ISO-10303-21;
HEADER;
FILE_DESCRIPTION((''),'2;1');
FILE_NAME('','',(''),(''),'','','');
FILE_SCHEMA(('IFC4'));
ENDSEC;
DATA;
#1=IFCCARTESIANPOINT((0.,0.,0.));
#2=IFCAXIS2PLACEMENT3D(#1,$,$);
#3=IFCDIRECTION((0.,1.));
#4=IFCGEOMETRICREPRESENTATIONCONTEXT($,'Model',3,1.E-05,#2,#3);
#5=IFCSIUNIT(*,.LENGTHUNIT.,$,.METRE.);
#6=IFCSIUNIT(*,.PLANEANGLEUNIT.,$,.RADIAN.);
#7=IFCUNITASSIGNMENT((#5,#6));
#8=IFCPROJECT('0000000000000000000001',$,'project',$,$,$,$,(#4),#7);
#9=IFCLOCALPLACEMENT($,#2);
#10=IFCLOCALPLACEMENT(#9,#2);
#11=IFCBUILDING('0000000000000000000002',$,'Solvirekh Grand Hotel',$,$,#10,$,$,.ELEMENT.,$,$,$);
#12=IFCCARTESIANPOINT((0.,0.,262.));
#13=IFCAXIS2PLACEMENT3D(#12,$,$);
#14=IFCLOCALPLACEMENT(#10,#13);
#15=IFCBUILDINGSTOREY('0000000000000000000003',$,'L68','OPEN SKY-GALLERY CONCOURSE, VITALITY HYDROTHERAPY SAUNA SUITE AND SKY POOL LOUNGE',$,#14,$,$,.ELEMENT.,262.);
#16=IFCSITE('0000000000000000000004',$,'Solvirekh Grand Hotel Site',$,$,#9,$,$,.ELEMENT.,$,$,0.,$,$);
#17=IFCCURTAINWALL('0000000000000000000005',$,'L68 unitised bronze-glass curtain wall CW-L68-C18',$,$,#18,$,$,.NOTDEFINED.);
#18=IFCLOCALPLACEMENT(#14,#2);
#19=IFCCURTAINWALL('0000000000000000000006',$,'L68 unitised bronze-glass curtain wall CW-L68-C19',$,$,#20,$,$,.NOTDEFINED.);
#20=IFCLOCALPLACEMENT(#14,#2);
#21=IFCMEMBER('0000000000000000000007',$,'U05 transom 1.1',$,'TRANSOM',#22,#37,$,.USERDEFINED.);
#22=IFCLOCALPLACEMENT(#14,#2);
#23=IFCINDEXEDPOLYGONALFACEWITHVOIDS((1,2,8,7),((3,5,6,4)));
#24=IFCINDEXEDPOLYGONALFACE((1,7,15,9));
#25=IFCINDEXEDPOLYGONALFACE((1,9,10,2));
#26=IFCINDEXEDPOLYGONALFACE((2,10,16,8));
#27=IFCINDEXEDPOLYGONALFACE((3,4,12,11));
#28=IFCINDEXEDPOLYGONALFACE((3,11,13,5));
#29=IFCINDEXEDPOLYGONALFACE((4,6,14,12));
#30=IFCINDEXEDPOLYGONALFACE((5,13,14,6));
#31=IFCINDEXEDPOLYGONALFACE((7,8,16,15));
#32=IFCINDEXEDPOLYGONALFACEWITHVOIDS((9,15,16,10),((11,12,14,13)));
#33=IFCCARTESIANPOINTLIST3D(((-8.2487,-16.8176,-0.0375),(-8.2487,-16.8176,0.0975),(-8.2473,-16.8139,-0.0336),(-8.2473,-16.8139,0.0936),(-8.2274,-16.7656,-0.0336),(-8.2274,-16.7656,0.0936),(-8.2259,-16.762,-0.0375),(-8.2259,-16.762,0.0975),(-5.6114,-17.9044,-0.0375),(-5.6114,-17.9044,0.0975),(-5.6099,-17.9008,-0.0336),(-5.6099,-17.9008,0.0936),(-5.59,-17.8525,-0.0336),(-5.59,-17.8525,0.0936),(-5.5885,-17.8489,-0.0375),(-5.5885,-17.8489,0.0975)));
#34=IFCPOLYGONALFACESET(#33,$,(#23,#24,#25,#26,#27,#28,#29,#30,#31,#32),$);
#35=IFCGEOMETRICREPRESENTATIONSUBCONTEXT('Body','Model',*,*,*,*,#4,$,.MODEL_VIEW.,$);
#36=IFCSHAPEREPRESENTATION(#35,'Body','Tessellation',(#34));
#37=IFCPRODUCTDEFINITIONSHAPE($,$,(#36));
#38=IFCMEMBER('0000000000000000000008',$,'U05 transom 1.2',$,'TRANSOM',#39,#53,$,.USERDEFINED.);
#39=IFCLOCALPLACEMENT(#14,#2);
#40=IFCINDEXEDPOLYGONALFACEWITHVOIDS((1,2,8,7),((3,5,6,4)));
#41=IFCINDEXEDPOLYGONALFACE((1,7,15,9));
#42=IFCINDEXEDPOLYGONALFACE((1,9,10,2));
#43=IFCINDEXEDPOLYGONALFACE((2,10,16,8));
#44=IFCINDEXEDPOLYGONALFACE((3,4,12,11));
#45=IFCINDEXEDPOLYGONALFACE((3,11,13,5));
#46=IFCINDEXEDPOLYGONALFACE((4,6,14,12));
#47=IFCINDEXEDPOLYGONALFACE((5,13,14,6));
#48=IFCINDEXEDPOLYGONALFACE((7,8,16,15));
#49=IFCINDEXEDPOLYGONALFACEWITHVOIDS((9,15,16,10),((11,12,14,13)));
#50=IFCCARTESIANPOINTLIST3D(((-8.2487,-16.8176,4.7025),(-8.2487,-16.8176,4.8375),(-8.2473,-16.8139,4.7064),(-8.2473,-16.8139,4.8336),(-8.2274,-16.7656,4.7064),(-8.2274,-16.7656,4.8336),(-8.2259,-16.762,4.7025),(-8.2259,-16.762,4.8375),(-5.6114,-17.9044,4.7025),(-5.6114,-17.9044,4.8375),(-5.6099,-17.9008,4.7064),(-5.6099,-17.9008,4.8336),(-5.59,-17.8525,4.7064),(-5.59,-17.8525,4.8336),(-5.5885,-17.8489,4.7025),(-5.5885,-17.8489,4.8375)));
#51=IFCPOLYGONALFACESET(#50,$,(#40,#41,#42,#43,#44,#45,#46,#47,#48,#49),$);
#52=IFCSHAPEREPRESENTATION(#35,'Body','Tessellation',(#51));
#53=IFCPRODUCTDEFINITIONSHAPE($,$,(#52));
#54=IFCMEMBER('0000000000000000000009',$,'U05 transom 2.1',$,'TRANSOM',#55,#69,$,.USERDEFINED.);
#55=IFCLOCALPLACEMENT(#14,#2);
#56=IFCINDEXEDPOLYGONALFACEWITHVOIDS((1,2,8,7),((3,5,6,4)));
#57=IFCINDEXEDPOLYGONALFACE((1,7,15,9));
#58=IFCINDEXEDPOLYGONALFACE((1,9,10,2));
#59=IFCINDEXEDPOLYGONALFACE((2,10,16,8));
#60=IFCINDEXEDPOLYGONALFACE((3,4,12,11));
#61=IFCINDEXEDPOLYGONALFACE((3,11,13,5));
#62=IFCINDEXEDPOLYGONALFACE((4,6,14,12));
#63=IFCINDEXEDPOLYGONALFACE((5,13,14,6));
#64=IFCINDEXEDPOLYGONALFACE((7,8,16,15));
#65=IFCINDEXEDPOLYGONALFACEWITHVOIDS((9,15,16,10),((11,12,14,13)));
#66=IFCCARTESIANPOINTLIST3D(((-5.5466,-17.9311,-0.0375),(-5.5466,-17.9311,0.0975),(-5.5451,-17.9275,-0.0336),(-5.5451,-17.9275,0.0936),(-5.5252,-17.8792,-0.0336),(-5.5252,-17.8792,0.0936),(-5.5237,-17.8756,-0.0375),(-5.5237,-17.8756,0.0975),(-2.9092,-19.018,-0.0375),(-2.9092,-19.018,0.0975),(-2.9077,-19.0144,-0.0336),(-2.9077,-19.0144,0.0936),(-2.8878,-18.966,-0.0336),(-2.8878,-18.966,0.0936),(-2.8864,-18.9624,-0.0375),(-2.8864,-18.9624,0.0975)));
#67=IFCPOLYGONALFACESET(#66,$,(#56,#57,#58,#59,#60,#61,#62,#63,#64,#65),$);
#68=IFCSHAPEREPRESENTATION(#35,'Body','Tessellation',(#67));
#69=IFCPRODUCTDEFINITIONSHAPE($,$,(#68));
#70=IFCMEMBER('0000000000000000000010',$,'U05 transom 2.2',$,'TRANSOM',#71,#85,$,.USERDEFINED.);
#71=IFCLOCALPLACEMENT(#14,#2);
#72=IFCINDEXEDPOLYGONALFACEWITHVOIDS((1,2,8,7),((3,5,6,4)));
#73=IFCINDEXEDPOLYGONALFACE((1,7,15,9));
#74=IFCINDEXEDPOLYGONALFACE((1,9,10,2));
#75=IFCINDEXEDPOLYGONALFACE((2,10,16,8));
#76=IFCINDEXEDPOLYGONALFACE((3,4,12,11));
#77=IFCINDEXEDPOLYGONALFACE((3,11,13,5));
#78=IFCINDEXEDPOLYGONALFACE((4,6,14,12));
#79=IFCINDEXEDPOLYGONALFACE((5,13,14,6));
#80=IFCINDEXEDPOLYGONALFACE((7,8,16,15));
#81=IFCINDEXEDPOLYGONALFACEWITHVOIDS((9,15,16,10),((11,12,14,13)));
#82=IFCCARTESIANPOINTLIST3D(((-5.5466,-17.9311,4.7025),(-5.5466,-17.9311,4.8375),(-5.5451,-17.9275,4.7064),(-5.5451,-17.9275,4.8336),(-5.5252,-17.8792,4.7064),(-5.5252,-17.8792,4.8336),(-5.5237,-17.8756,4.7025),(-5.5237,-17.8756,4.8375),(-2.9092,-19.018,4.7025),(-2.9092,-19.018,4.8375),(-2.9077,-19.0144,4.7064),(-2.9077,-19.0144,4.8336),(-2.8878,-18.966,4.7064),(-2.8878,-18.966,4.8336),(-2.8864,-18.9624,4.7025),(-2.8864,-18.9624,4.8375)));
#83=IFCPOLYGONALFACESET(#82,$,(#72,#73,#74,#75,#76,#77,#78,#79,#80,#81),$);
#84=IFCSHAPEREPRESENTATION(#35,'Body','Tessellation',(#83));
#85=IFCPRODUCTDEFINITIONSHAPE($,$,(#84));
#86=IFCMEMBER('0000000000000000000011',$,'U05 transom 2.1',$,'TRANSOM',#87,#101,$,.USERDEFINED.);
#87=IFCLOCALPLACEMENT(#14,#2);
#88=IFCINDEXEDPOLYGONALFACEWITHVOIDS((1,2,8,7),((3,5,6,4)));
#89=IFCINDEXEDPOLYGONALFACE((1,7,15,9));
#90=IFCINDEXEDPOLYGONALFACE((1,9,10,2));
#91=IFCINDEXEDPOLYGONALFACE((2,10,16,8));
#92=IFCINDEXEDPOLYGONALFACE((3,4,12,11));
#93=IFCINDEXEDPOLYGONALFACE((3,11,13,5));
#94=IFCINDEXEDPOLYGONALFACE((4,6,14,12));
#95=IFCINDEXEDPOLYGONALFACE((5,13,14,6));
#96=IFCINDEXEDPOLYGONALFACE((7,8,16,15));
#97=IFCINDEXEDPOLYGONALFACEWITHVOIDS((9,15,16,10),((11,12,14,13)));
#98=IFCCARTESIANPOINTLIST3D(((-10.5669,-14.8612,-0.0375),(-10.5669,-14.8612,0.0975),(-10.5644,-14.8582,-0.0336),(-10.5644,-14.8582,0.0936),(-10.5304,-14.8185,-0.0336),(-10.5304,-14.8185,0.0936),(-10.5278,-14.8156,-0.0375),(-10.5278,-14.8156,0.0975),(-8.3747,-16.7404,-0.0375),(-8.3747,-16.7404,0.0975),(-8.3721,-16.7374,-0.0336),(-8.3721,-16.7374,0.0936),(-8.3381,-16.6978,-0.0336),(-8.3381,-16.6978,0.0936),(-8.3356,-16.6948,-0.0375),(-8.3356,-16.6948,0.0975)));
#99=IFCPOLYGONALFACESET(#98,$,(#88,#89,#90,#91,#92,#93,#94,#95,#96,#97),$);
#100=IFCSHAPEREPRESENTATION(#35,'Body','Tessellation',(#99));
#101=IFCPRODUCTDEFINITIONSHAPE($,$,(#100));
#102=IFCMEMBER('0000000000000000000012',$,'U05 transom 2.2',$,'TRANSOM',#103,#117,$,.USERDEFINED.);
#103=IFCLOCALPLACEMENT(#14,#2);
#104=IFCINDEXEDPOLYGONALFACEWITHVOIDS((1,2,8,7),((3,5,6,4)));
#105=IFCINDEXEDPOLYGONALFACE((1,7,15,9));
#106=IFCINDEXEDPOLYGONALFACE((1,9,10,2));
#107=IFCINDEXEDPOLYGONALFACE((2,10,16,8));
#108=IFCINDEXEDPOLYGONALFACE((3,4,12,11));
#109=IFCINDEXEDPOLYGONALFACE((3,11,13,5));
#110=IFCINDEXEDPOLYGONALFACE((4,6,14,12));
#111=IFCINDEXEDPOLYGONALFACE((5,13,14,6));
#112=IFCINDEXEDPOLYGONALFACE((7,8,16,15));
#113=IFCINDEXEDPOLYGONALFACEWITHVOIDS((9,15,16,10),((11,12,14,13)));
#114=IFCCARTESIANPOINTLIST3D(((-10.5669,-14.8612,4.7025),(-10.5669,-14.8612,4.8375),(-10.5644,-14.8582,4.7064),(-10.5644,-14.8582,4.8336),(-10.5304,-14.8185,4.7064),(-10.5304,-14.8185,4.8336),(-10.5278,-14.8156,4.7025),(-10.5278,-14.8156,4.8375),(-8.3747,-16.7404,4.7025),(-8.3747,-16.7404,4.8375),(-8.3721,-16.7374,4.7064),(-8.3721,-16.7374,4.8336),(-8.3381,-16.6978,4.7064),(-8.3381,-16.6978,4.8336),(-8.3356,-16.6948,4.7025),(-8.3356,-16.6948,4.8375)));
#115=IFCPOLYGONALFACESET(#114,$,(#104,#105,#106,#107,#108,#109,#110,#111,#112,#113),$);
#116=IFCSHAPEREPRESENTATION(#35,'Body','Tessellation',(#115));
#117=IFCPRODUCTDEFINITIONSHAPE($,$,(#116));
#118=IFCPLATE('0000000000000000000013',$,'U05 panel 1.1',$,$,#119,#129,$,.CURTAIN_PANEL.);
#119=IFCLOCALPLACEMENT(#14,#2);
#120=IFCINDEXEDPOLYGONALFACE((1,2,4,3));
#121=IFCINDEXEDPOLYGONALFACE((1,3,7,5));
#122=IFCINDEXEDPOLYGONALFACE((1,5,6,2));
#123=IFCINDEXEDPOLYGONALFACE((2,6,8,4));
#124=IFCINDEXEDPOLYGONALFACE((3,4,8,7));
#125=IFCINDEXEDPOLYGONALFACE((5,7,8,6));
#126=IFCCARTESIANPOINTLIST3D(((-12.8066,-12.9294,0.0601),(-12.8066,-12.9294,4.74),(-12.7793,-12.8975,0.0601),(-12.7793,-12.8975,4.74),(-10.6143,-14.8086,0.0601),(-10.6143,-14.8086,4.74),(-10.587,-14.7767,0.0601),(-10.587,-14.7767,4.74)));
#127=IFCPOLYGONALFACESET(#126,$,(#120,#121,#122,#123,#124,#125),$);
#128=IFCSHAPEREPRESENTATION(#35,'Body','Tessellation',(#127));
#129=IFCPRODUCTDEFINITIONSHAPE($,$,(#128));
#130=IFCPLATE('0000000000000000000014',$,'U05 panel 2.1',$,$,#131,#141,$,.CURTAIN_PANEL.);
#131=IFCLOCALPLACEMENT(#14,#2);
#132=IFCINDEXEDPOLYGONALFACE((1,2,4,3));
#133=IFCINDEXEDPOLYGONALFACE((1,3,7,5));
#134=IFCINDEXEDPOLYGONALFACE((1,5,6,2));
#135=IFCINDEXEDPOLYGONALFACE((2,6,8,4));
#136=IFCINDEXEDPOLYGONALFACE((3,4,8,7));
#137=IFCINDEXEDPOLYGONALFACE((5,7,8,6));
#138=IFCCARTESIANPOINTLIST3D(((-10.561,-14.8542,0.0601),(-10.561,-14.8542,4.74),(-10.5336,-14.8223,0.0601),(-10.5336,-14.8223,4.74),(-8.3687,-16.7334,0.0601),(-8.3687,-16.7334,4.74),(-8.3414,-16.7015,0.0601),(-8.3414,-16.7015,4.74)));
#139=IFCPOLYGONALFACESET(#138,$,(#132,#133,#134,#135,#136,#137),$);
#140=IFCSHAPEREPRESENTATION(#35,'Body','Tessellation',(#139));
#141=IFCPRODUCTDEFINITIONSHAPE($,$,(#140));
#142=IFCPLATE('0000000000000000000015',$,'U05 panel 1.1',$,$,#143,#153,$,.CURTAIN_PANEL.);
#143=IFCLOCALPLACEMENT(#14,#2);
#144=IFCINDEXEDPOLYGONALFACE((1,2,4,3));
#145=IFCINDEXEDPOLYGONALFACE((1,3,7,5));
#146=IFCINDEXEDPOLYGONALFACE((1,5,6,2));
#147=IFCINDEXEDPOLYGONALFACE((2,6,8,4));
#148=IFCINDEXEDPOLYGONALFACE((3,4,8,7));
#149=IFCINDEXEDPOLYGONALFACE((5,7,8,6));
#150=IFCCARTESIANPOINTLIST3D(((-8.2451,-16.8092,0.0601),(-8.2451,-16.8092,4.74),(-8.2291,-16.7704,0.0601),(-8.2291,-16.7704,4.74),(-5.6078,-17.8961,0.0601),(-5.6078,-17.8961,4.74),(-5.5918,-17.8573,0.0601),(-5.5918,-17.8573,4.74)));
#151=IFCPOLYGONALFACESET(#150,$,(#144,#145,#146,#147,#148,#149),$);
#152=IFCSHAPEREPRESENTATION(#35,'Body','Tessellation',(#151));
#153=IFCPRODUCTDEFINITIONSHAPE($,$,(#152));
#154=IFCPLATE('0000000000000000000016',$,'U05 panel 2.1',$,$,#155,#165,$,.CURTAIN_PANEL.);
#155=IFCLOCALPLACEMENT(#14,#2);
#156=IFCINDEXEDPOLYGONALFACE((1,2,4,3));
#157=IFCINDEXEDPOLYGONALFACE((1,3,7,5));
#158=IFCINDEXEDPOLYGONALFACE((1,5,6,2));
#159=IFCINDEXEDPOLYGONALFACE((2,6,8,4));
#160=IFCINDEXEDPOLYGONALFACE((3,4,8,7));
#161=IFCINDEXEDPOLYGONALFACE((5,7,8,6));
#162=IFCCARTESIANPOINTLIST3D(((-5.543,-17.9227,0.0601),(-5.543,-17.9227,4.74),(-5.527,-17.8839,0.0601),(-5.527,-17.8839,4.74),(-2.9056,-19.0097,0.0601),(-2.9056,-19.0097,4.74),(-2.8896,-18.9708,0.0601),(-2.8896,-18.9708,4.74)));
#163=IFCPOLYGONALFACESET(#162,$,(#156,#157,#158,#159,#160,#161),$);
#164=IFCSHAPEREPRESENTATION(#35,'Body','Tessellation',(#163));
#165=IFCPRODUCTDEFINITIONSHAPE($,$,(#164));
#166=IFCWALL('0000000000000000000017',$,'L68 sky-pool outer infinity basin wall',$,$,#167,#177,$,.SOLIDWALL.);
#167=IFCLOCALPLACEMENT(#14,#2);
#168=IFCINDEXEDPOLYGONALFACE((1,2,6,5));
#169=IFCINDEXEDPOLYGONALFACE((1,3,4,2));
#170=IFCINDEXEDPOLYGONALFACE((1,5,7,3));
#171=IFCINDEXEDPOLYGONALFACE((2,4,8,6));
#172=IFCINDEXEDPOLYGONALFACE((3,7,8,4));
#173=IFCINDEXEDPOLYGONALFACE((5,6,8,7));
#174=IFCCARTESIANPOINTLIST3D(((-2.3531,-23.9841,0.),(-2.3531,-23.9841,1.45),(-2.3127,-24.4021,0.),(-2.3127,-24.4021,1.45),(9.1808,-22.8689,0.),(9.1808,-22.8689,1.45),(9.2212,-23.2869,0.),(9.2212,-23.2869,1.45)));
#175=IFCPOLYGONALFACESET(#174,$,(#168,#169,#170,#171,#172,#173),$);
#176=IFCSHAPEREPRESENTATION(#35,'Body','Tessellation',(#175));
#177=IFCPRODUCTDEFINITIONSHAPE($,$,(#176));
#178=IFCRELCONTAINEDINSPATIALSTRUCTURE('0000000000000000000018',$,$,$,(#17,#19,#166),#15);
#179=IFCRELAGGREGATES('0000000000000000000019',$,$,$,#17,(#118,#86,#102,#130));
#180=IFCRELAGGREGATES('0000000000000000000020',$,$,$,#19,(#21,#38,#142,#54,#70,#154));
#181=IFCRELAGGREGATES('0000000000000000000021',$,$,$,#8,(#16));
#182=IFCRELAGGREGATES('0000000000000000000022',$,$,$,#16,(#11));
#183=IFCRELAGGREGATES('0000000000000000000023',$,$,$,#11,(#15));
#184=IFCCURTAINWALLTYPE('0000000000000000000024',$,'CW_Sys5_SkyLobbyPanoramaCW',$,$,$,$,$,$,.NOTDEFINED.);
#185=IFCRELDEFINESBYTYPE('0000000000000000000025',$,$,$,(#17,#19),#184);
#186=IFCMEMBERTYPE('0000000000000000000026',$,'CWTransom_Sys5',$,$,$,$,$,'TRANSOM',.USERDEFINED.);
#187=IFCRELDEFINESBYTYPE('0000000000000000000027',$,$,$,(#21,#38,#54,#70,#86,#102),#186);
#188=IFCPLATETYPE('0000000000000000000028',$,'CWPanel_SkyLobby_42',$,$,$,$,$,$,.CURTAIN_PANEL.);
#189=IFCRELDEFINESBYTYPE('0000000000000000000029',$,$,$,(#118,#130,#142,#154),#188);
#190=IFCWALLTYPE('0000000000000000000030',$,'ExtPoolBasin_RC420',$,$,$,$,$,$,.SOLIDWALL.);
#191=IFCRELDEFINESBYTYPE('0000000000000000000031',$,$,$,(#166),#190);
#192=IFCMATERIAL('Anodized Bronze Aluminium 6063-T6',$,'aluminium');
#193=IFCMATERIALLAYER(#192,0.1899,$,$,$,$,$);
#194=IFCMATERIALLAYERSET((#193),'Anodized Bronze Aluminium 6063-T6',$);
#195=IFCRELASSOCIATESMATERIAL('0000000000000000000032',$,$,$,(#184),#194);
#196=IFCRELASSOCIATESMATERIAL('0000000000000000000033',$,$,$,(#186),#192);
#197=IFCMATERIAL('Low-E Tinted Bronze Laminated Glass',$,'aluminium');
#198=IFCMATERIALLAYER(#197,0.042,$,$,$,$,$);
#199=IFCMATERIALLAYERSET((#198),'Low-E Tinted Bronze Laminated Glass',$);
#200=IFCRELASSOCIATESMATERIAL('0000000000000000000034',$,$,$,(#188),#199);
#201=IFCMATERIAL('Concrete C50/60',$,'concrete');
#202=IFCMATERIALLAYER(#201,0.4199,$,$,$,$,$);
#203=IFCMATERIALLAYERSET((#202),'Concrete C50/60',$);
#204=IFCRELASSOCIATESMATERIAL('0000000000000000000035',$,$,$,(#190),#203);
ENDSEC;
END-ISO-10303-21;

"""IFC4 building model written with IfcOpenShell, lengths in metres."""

from ifc_helpers import new_model, si_unit, direction, frame, frame_2d, origin, origin_2d, place, context, subcontext, project, spatial, rectangle, hollow_rectangle, extrude, source, transform, mapped, material, layer, layer_set, material_profile, profile_set, type_object, element, aggregate, save


model = new_model("IFC4")

# Units and contexts
model_context = context("Model", 3, precision=1e-05, world=origin(), true_north=direction((0.0, 1.0)))
body_context = subcontext(model_context, "Body", "Model", "MODEL_VIEW")
ifc_project = project(units=[si_unit("LENGTHUNIT", "METRE"), si_unit("PLANEANGLEUNIT", "RADIAN")], contexts=[model_context])

# Site, building, storey
site_placement = place(None, origin())
site = spatial("IfcSite", under=ifc_project, at=site_placement, Name="Solvirekh Grand Hotel Site", CompositionType="ELEMENT", RefElevation=0.0)
building_placement = place(site_placement, origin())
building = spatial("IfcBuilding", under=site, at=building_placement, Name="Solvirekh Grand Hotel", CompositionType="ELEMENT")
storey_placement = place(building_placement, frame((0.0, 0.0, 262.0)))
storey = spatial("IfcBuildingStorey", under=building, at=storey_placement, Name="L68", Description="OPEN SKY-GALLERY CONCOURSE, VITALITY HYDROTHERAPY SAUNA SUITE AND SKY POOL LOUNGE", CompositionType="ELEMENT", Elevation=262.0)

# Shared definitions
ifc_material_1 = material(Name="Concrete C50/60", Category="concrete")

# Curtain walls, members
ifc_material_2 = material(Name="Anodized Bronze Aluminium 6063-T6", Category="aluminium")
ifc_layer_1 = layer(ifc_material_2, 0.1899)
ifc_layer_set_1 = layer_set([ifc_layer_1], Name="Anodized Bronze Aluminium 6063-T6")
curtain_wall_type = type_object("IfcCurtainWallType", Name="CW_Sys5_SkyLobbyPanoramaCW", PredefinedType="NOTDEFINED", material=ifc_layer_set_1)
curtain_wall_1_placement = place(storey_placement, origin())
curtain_wall_1 = element("IfcCurtainWall", 1, at=curtain_wall_1_placement, inside=storey, type_object=curtain_wall_type, Name="L68 unitised bronze-glass curtain wall CW-L68-C18", PredefinedType="NOTDEFINED")
curtain_wall_2_placement = place(storey_placement, origin())
curtain_wall_2 = element("IfcCurtainWall", 2, at=curtain_wall_2_placement, inside=storey, type_object=curtain_wall_type, Name="L68 unitised bronze-glass curtain wall CW-L68-C19", PredefinedType="NOTDEFINED")
ifc_material_profile_1 = material_profile(ifc_material_2, hollow_rectangle(XDim=0.0601, YDim=0.135, WallThickness=0.0039, at=origin_2d()), Name="ALU RHS 135X60X4")
ifc_profile_set_1 = profile_set([ifc_material_profile_1], Name="Anodized Bronze Aluminium 6063-T6")
member_type_1 = type_object("IfcMemberType", Name="CWTransom_Sys5", ElementType="TRANSOM", PredefinedType="USERDEFINED", material=ifc_profile_set_1)
shared_shape_1 = source(origin(), body_context, "Body", "SweptSolid", [
    extrude(hollow_rectangle(XDim=0.0601, YDim=0.135, WallThickness=0.0039, at=origin_2d()), origin(), (0.0, 0.0, 1.0), 2.8525),
])
member_1_placement = place(storey_placement, frame((-8.2373, -16.7898, 0.03), z_axis=(0.924566, -0.381021, 0.0), x_axis=(0.381021, 0.924566, 0.0)))
member_1 = element("IfcMember", 3, at=member_1_placement, type_object=member_type_1, Name="U05 transom 1.1", ObjectType="TRANSOM", PredefinedType="USERDEFINED", context=body_context, shape_type="MappedRepresentation", body=[
    mapped(shared_shape_1, transform((0.0, 0.0, 0.0), x_axis=(1.0, 0.0, 0.0), y_axis=(0.0, 1.0, 0.0), z_axis=(0.0, 0.0, 1.0), scale=1.0)),
])
member_2_placement = place(storey_placement, frame((-8.2373, -16.7898, 4.77), z_axis=(0.924566, -0.381021, 0.0), x_axis=(0.381021, 0.924566, 0.0)))
member_2 = element("IfcMember", 4, at=member_2_placement, type_object=member_type_1, Name="U05 transom 1.2", ObjectType="TRANSOM", PredefinedType="USERDEFINED", context=body_context, shape_type="MappedRepresentation", body=[
    mapped(shared_shape_1, transform((0.0, 0.0, 0.0), x_axis=(1.0, 0.0, 0.0), y_axis=(0.0, 1.0, 0.0), z_axis=(0.0, 0.0, 1.0), scale=1.0)),
])
member_3_placement = place(storey_placement, frame((-5.5352, -17.9033, 0.03), z_axis=(0.924566, -0.381021, 0.0), x_axis=(0.381021, 0.924566, 0.0)))
member_3 = element("IfcMember", 5, at=member_3_placement, type_object=member_type_1, Name="U05 transom 2.1", ObjectType="TRANSOM", PredefinedType="USERDEFINED", context=body_context, shape_type="MappedRepresentation", body=[
    mapped(shared_shape_1, transform((0.0, 0.0, 0.0), x_axis=(1.0, 0.0, 0.0), y_axis=(0.0, 1.0, 0.0), z_axis=(0.0, 0.0, 1.0), scale=1.0)),
])
member_4_placement = place(storey_placement, frame((-5.5352, -17.9033, 4.77), z_axis=(0.924566, -0.381021, 0.0), x_axis=(0.381021, 0.924566, 0.0)))
member_4 = element("IfcMember", 6, at=member_4_placement, type_object=member_type_1, Name="U05 transom 2.2", ObjectType="TRANSOM", PredefinedType="USERDEFINED", context=body_context, shape_type="MappedRepresentation", body=[
    mapped(shared_shape_1, transform((0.0, 0.0, 0.0), x_axis=(1.0, 0.0, 0.0), y_axis=(0.0, 1.0, 0.0), z_axis=(0.0, 0.0, 1.0), scale=1.0)),
])

# Members
shared_shape_2 = source(origin(), body_context, "Body", "SweptSolid", [
    extrude(hollow_rectangle(XDim=0.0601, YDim=0.135, WallThickness=0.0039, at=origin_2d()), origin(), (0.0, 0.0, 1.0), 2.8875),
])
member_5_placement = place(storey_placement, frame((-10.5474, -14.8384, 0.03), z_axis=(0.759227, -0.650826, 0.0), x_axis=(0.650826, 0.759227, 0.0)))
member_5 = element("IfcMember", 7, at=member_5_placement, type_object=member_type_1, Name="U05 transom 2.1", ObjectType="TRANSOM", PredefinedType="USERDEFINED", context=body_context, shape_type="MappedRepresentation", body=[
    mapped(shared_shape_2, transform((0.0, 0.0, 0.0), x_axis=(1.0, 0.0, 0.0), y_axis=(0.0, 1.0, 0.0), z_axis=(0.0, 0.0, 1.0), scale=1.0)),
])
member_6_placement = place(storey_placement, frame((-10.5474, -14.8384, 4.77), z_axis=(0.759227, -0.650826, 0.0), x_axis=(0.650826, 0.759227, 0.0)))
member_6 = element("IfcMember", 8, at=member_6_placement, type_object=member_type_1, Name="U05 transom 2.2", ObjectType="TRANSOM", PredefinedType="USERDEFINED", context=body_context, shape_type="MappedRepresentation", body=[
    mapped(shared_shape_2, transform((0.0, 0.0, 0.0), x_axis=(1.0, 0.0, 0.0), y_axis=(0.0, 1.0, 0.0), z_axis=(0.0, 0.0, 1.0), scale=1.0)),
])

# Plates
ifc_material_3 = material(Name="Low-E Tinted Bronze Laminated Glass", Category="aluminium")
ifc_layer_2 = layer(ifc_material_3, 0.042)
ifc_layer_set_2 = layer_set([ifc_layer_2], Name="Low-E Tinted Bronze Laminated Glass")
plate_type = type_object("IfcPlateType", Name="CWPanel_SkyLobby_42", PredefinedType="CURTAIN_PANEL", material=ifc_layer_set_2)
shared_shape_3 = source(origin(), body_context, "Body", "SweptSolid", [
    extrude(rectangle(XDim=2.8875, YDim=0.042, at=origin_2d()), origin(), (0.0, 0.0, 1.0), 4.6799),
])
plate_1_placement = place(storey_placement, frame((-11.6968, -13.853, 0.0601), z_axis=(0.0, 0.0, 1.0), x_axis=(0.759245, -0.650805, 0.0)))
plate_1 = element("IfcPlate", 9, at=plate_1_placement, type_object=plate_type, Name="U05 panel 1.1", PredefinedType="CURTAIN_PANEL", context=body_context, shape_type="MappedRepresentation", body=[
    mapped(shared_shape_3, transform((0.0, 0.0, 0.0), x_axis=(1.0, 0.0, 0.0), y_axis=(0.0, 1.0, 0.0), z_axis=(0.0, 0.0, 1.0), scale=1.0)),
])
plate_2_placement = place(storey_placement, frame((-9.4512, -15.7778, 0.0601), z_axis=(0.0, 0.0, 1.0), x_axis=(0.759245, -0.650805, 0.0)))
plate_2 = element("IfcPlate", 10, at=plate_2_placement, type_object=plate_type, Name="U05 panel 2.1", PredefinedType="CURTAIN_PANEL", context=body_context, shape_type="MappedRepresentation", body=[
    mapped(shared_shape_3, transform((0.0, 0.0, 0.0), x_axis=(1.0, 0.0, 0.0), y_axis=(0.0, 1.0, 0.0), z_axis=(0.0, 0.0, 1.0), scale=1.0)),
])
aggregate(curtain_wall_1, [plate_1, member_5, member_6, plate_2])
shared_shape_4 = source(origin(), body_context, "Body", "SweptSolid", [
    extrude(rectangle(XDim=2.8525, YDim=0.042, at=origin_2d()), origin(), (0.0, 0.0, 1.0), 4.6799),
])
plate_3_placement = place(storey_placement, frame((-6.9185, -17.3333, 0.0601), z_axis=(0.0, 0.0, 1.0), x_axis=(0.924556, -0.381047, 0.0)))
plate_3 = element("IfcPlate", 11, at=plate_3_placement, type_object=plate_type, Name="U05 panel 1.1", PredefinedType="CURTAIN_PANEL", context=body_context, shape_type="MappedRepresentation", body=[
    mapped(shared_shape_4, transform((0.0, 0.0, 0.0), x_axis=(1.0, 0.0, 0.0), y_axis=(0.0, 1.0, 0.0), z_axis=(0.0, 0.0, 1.0), scale=1.0)),
])
plate_4_placement = place(storey_placement, frame((-4.2163, -18.4468, 0.0601), z_axis=(0.0, 0.0, 1.0), x_axis=(0.924556, -0.381047, 0.0)))
plate_4 = element("IfcPlate", 12, at=plate_4_placement, type_object=plate_type, Name="U05 panel 2.1", PredefinedType="CURTAIN_PANEL", context=body_context, shape_type="MappedRepresentation", body=[
    mapped(shared_shape_4, transform((0.0, 0.0, 0.0), x_axis=(1.0, 0.0, 0.0), y_axis=(0.0, 1.0, 0.0), z_axis=(0.0, 0.0, 1.0), scale=1.0)),
])
aggregate(curtain_wall_2, [member_1, member_2, plate_3, member_3, member_4, plate_4])

# Wall
ifc_layer_3 = layer(ifc_material_1, 0.4199)
ifc_layer_set_3 = layer_set([ifc_layer_3], Name="Concrete C50/60")
wall_type = type_object("IfcWallType", Name="ExtPoolBasin_RC420", PredefinedType="SOLIDWALL", material=ifc_layer_set_3)
wall_placement = place(storey_placement, frame((-2.333, -24.1931, 0.0), z_axis=(0.0, 0.0, 1.0), x_axis=(0.995358, 0.096243, 0.0)))
element("IfcWall", 13, at=wall_placement, inside=storey, type_object=wall_type, Name="L68 sky-pool outer infinity basin wall", PredefinedType="SOLIDWALL", context=body_context, shape_type="SweptSolid", body=[
    extrude(rectangle(XDim=11.5876, YDim=0.4199, at=frame_2d((5.7939, 0.0))), origin(), (0.0, 0.0, 1.0), 1.45),
])

save(model, "model.ifc")
